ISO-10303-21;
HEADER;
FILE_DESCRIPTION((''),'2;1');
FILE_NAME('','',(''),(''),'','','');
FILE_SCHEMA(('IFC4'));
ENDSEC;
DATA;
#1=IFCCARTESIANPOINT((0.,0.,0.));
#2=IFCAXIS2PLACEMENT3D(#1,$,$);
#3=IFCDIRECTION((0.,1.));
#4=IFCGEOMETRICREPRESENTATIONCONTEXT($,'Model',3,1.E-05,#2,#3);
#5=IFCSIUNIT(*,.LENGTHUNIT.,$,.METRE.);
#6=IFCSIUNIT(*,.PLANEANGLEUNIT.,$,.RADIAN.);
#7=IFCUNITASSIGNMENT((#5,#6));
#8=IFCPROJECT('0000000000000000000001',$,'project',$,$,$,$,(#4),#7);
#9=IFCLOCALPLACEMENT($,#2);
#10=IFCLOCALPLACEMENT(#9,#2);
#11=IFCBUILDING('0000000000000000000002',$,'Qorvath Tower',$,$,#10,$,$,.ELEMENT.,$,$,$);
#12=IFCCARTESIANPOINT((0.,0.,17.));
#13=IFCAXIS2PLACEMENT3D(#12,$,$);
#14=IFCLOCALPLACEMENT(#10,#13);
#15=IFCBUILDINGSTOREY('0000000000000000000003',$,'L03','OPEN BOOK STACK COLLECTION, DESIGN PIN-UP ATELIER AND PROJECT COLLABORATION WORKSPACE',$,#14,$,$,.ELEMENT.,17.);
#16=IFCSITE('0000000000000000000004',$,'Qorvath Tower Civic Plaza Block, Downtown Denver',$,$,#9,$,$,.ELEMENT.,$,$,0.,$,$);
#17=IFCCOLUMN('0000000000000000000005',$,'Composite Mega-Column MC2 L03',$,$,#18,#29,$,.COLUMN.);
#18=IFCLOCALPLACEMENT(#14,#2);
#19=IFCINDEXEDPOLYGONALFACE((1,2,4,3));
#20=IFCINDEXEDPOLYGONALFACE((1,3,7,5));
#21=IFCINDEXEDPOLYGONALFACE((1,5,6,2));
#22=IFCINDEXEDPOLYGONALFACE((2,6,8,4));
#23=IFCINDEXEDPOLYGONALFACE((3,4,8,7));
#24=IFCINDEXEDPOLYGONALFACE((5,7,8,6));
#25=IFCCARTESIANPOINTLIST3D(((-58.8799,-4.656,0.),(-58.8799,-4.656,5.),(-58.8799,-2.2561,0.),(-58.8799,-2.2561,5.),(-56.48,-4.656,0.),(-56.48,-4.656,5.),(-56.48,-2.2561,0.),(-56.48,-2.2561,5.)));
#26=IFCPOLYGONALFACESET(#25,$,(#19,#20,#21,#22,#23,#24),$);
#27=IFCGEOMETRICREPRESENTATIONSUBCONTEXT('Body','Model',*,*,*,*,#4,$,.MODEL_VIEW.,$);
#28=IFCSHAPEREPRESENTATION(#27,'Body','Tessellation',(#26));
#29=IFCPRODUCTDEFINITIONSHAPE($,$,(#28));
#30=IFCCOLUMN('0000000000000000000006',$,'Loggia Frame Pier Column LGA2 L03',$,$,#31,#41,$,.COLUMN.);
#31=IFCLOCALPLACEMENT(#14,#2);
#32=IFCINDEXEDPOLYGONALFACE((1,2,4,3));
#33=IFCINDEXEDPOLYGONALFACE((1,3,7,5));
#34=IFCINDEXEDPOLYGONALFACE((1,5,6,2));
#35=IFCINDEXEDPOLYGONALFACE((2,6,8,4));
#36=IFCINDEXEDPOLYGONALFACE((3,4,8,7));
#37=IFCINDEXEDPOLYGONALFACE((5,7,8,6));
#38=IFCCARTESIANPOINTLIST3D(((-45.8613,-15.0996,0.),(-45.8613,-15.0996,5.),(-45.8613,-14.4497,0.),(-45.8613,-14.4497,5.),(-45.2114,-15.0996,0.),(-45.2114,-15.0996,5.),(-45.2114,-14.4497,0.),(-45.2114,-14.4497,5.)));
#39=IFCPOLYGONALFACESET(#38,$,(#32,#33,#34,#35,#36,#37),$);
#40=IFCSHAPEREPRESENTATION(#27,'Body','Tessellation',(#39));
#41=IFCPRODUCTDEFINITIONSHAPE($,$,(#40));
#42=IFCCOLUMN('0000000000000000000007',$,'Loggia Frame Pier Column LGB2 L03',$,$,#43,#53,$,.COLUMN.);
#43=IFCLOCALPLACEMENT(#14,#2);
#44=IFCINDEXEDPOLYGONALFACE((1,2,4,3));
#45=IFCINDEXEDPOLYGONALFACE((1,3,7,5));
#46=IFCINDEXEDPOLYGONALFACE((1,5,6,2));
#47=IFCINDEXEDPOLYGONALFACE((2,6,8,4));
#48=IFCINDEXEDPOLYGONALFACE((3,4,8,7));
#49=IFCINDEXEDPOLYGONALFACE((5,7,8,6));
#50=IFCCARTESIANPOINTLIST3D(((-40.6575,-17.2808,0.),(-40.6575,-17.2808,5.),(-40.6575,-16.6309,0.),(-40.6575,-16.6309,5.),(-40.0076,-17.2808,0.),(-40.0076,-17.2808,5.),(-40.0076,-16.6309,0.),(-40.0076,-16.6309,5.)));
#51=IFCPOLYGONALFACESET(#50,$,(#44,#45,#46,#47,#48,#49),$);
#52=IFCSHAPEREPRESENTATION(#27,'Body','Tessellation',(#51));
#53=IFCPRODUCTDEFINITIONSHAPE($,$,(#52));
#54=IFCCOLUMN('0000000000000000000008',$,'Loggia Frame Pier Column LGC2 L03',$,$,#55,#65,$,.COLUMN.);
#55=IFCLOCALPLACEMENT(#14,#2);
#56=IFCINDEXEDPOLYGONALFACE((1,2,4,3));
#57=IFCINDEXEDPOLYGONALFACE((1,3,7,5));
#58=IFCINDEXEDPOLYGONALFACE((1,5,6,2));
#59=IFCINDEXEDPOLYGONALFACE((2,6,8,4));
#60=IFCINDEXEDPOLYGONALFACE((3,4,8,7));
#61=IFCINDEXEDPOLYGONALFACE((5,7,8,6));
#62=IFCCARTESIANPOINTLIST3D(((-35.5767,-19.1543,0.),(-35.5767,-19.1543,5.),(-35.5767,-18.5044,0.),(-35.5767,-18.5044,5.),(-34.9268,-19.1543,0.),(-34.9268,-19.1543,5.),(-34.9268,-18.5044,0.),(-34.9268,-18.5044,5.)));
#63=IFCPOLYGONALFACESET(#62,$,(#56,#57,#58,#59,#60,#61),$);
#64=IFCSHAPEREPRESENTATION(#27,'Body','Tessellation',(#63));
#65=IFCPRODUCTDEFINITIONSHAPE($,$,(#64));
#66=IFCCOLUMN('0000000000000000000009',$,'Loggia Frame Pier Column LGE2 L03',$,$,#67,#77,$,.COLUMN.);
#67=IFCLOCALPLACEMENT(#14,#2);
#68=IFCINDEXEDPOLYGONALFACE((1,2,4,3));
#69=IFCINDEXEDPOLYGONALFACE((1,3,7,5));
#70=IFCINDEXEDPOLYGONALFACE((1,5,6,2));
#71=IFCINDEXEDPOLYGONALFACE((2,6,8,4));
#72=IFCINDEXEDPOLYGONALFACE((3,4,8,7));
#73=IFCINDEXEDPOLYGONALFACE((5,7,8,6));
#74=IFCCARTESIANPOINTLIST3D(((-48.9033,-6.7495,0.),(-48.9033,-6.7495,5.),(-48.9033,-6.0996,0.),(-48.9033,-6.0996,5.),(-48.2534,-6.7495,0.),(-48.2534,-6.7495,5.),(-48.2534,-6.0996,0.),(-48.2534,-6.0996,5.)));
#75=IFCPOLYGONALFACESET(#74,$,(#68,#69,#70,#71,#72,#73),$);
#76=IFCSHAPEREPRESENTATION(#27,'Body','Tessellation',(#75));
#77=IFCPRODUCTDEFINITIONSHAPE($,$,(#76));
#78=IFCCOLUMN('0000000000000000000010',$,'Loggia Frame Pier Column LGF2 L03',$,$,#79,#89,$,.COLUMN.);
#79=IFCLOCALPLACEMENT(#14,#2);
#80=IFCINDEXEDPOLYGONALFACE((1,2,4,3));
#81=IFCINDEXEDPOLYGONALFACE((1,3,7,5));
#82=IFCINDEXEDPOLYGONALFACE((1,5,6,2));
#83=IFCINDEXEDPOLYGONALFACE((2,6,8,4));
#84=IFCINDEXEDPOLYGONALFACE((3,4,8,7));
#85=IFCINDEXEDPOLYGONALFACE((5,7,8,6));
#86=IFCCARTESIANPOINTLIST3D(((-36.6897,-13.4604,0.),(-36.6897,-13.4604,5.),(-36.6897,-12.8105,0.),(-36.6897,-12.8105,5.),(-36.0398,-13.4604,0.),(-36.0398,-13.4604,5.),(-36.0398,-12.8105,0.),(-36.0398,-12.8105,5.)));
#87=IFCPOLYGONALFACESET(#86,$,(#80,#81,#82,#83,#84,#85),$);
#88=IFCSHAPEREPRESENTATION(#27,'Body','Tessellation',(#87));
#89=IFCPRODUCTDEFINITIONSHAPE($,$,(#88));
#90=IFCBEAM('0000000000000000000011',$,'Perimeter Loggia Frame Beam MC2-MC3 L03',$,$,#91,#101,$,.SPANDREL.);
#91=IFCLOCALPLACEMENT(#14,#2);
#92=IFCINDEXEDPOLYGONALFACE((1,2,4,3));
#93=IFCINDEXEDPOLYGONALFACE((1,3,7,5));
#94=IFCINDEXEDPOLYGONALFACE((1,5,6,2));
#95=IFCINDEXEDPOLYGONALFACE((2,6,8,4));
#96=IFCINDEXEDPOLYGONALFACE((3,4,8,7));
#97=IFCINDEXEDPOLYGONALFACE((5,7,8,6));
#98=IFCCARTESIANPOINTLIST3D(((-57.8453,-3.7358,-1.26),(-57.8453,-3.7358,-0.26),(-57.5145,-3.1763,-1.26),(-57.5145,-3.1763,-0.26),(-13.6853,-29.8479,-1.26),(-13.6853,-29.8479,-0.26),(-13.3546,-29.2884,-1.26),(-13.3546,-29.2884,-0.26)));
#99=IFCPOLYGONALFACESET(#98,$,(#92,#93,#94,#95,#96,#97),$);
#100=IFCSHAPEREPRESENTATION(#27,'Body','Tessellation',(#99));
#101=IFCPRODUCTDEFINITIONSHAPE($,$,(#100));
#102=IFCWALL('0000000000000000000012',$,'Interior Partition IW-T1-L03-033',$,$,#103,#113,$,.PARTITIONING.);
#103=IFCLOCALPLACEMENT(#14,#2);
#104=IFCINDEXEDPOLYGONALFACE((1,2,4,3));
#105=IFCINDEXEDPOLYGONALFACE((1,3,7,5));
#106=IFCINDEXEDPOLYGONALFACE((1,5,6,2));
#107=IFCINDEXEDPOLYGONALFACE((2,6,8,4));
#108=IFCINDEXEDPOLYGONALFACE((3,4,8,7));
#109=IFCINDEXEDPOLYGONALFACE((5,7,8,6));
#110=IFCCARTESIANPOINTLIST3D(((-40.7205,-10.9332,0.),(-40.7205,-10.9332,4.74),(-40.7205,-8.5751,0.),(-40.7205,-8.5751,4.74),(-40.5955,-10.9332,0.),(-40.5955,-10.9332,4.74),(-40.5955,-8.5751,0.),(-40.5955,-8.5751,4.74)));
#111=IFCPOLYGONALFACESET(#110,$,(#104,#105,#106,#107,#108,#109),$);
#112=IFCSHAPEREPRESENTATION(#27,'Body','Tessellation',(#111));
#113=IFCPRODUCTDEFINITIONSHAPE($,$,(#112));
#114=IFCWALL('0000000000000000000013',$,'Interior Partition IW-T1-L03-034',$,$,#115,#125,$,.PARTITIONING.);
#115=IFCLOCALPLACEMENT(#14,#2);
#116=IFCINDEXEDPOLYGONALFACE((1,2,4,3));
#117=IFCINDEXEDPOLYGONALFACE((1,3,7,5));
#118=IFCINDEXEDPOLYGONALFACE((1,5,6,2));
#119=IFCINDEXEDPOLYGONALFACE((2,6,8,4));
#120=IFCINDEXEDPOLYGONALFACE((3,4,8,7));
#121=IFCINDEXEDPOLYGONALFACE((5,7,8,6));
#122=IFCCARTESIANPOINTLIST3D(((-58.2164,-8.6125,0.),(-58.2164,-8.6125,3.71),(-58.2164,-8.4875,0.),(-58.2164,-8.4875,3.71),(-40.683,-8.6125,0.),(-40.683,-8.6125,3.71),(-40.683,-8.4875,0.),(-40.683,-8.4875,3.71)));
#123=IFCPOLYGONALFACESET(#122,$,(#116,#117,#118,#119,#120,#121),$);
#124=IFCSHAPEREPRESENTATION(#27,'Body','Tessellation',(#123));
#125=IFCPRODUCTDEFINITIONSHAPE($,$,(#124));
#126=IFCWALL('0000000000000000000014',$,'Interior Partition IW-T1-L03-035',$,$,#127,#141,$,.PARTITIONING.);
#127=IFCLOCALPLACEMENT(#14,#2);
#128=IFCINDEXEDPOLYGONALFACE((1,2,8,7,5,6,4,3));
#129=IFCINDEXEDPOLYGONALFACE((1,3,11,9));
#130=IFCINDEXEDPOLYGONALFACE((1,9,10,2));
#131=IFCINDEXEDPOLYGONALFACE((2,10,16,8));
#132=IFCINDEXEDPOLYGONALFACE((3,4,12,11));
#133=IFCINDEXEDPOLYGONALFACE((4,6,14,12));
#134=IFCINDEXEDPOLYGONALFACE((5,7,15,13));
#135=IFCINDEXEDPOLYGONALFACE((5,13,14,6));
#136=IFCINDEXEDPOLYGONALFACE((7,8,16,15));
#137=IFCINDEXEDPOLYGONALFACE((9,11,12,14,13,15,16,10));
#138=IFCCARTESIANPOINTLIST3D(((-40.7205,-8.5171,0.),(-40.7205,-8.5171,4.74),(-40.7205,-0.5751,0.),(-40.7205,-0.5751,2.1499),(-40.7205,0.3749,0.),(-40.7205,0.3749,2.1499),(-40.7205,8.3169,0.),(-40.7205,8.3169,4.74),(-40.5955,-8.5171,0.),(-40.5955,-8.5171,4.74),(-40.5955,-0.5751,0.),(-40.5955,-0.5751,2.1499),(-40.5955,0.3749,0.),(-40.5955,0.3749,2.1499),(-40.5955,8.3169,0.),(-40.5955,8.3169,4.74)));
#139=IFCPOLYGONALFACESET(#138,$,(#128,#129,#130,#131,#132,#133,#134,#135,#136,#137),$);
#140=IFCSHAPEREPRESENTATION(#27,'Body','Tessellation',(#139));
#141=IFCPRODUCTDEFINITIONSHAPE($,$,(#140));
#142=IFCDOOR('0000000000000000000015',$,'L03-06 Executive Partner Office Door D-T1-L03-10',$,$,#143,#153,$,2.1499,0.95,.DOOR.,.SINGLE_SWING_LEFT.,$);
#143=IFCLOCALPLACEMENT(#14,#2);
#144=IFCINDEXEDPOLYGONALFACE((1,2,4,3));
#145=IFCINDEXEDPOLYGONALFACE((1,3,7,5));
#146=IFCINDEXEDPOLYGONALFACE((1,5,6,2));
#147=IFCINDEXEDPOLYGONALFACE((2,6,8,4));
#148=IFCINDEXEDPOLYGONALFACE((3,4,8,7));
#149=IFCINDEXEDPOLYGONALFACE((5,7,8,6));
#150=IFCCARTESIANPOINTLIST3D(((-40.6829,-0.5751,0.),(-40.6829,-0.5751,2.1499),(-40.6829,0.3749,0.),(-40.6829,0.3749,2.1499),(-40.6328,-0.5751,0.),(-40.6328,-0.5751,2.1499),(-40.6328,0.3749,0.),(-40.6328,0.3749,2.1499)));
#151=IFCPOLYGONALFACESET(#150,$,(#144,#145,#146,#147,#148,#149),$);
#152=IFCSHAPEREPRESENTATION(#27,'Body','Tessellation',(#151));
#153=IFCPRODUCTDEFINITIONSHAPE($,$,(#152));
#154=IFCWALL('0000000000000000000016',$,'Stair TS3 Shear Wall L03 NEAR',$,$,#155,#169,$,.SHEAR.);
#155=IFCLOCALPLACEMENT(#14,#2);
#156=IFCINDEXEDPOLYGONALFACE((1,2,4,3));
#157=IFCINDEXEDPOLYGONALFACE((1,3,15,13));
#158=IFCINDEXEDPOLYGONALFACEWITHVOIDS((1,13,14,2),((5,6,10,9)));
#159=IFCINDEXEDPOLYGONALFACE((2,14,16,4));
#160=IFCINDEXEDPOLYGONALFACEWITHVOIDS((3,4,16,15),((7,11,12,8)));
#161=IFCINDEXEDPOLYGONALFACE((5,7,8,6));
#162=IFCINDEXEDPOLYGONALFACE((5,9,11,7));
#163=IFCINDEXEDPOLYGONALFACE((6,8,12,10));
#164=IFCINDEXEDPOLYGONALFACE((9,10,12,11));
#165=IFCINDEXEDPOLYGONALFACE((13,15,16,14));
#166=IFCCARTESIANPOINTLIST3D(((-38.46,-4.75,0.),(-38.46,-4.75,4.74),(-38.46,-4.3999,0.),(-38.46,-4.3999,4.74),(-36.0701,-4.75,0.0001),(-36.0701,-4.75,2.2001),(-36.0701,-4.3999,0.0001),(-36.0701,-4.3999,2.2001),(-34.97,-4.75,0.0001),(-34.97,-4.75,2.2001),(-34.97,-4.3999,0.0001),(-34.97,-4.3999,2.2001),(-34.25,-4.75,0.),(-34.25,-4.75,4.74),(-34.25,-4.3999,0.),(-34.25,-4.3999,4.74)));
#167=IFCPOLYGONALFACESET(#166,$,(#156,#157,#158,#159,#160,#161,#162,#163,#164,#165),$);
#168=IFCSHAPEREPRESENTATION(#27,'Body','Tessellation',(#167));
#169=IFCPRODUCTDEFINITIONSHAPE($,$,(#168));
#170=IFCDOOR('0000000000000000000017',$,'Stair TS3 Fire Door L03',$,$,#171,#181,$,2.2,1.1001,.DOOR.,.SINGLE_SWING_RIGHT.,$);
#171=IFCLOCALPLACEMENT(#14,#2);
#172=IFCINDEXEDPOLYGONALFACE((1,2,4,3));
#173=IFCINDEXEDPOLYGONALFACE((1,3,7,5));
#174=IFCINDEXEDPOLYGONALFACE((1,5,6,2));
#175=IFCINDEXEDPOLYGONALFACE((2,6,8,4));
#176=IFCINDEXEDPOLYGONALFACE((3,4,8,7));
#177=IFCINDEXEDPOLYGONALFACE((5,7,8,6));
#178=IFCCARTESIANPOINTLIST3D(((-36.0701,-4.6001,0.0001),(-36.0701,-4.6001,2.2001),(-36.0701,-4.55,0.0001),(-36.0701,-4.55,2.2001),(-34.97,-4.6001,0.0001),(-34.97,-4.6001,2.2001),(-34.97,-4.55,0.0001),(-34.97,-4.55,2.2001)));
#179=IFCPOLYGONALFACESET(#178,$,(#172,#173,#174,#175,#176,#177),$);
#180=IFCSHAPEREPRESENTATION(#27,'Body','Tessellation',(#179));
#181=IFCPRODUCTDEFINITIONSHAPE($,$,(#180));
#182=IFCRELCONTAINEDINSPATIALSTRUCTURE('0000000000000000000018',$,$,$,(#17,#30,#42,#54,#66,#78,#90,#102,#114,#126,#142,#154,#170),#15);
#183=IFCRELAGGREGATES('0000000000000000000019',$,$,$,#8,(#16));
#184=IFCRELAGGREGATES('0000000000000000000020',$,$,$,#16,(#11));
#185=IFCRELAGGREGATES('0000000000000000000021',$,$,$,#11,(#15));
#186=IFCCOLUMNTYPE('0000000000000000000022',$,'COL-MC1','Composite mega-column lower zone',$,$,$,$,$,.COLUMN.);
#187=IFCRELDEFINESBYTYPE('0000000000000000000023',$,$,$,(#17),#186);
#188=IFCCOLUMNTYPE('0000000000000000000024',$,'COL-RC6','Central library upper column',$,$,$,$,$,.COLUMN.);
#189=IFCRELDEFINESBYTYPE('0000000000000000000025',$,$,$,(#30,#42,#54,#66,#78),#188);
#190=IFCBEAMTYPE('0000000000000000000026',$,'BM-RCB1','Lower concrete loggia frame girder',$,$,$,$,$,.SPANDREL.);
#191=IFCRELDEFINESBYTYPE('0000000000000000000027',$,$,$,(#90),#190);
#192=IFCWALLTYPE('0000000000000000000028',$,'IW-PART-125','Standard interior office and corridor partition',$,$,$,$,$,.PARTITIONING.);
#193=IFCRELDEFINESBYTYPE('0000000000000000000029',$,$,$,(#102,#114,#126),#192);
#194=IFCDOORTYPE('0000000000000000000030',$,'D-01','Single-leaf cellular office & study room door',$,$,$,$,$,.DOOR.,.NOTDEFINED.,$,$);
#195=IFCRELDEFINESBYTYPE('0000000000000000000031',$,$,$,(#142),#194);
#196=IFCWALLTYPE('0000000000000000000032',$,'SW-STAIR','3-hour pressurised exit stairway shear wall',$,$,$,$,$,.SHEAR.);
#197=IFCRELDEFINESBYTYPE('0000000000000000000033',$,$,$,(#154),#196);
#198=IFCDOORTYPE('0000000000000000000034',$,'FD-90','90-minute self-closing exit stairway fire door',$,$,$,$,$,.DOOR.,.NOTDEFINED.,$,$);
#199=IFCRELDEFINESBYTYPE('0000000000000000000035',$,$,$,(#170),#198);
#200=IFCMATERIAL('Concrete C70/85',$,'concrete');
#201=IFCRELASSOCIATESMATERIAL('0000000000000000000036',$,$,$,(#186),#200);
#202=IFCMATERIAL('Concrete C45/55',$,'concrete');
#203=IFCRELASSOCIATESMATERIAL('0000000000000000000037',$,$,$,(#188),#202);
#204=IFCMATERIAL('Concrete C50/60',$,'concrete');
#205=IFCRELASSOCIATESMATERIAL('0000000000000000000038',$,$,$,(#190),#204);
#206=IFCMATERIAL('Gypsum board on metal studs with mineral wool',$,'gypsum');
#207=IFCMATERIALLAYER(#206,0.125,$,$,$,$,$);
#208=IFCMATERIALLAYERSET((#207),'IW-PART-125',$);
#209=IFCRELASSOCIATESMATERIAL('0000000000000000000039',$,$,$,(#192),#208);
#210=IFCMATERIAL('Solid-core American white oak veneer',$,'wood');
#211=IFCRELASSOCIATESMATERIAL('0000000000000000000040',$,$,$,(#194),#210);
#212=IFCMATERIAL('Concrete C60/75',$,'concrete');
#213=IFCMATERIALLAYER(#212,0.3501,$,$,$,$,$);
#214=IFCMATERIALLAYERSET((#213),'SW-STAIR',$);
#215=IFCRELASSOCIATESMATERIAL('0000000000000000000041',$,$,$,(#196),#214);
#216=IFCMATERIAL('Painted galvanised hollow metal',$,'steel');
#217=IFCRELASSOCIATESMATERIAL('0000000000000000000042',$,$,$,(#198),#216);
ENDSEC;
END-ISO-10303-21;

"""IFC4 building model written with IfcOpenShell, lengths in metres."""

from ifc_helpers import new_model, si_unit, direction, frame, frame_2d, origin, origin_2d, place, context, subcontext, project, spatial, rectangle, extrude, material, layer, layer_set, material_profile, profile_set, type_object, element, fill, save


model = new_model("IFC4")

# Units and contexts
model_context = context("Model", 3, precision=1e-05, world=origin(), true_north=direction((0.0, 1.0)))
body_context = subcontext(model_context, "Body", "Model", "MODEL_VIEW")
ifc_project = project(units=[si_unit("LENGTHUNIT", "METRE"), si_unit("PLANEANGLEUNIT", "RADIAN")], contexts=[model_context])

# Site, building, storey
site_placement = place(None, origin())
site = spatial("IfcSite", under=ifc_project, at=site_placement, Name="Qorvath Tower Civic Plaza Block, Downtown Denver", CompositionType="ELEMENT", RefElevation=0.0)
building_placement = place(site_placement, origin())
building = spatial("IfcBuilding", under=site, at=building_placement, Name="Qorvath Tower", CompositionType="ELEMENT")
storey_placement = place(building_placement, frame((0.0, 0.0, 17.0)))
storey = spatial("IfcBuildingStorey", under=building, at=storey_placement, Name="L03", Description="OPEN BOOK STACK COLLECTION, DESIGN PIN-UP ATELIER AND PROJECT COLLABORATION WORKSPACE", CompositionType="ELEMENT", Elevation=17.0)

# Columns
ifc_material_1 = material(Name="Concrete C70/85", Category="concrete")
ifc_material_profile_1 = material_profile(ifc_material_1, rectangle(XDim=2.3999, YDim=2.3999, at=origin_2d()), Name="MC 2400x2400")
ifc_profile_set_1 = profile_set([ifc_material_profile_1], Name="Concrete C70/85")
column_type_1 = type_object("IfcColumnType", Name="COL-MC1", Description="Composite mega-column lower zone", PredefinedType="COLUMN", material=ifc_profile_set_1)
column_placement = place(storey_placement, frame((-57.6799, -3.4561, 0.0), z_axis=(0.0, 0.0, 1.0), x_axis=(1.0, 0.0, 0.0)))
element("IfcColumn", 1, at=column_placement, inside=storey, type_object=column_type_1, Name="Composite Mega-Column MC2 L03", PredefinedType="COLUMN", context=body_context, shape_type="SweptSolid", body=[
    extrude(rectangle(XDim=2.3999, YDim=2.3999, at=origin_2d()), origin(), (0.0, 0.0, 1.0), 5.0),
])
ifc_material_2 = material(Name="Concrete C45/55", Category="concrete")
ifc_material_profile_2 = material_profile(ifc_material_2, rectangle(XDim=0.6499, YDim=0.6499, at=origin_2d()), Name="RC 650x650")
ifc_profile_set_2 = profile_set([ifc_material_profile_2], Name="Concrete C45/55")
column_type_2 = type_object("IfcColumnType", Name="COL-RC6", Description="Central library upper column", PredefinedType="COLUMN", material=ifc_profile_set_2)
for number, where, z_axis, x_axis, name in (
    (2, (-45.5364, -14.7747, 0.0), (0.0, 0.0, 1.0), (1.0, 0.0, 0.0), "Loggia Frame Pier Column LGA2 L03"),
    (3, (-40.3325, -16.9558, 0.0), (0.0, 0.0, 1.0), (1.0, 0.0, 0.0), "Loggia Frame Pier Column LGB2 L03"),
    (4, (-35.2517, -18.8293, 0.0), (0.0, 0.0, 1.0), (1.0, 0.0, 0.0), "Loggia Frame Pier Column LGC2 L03"),
    (5, (-48.5784, -6.4246, 0.0), (0.0, 0.0, 1.0), (1.0, 0.0, 0.0), "Loggia Frame Pier Column LGE2 L03"),
    (6, (-36.3647, -13.1355, 0.0), (0.0, 0.0, 1.0), (1.0, 0.0, 0.0), "Loggia Frame Pier Column LGF2 L03"),
):
    element("IfcColumn", number, at=place(storey_placement, frame(where, z_axis=z_axis, x_axis=x_axis)), inside=storey, type_object=column_type_2, Name=name, PredefinedType="COLUMN", context=body_context, shape_type="SweptSolid", body=[
        extrude(rectangle(XDim=0.6499, YDim=0.6499, at=origin_2d()), origin(), (0.0, 0.0, 1.0), 5.0),
    ])

# Beam
ifc_material_3 = material(Name="Concrete C50/60", Category="concrete")
ifc_material_profile_3 = material_profile(ifc_material_3, rectangle(XDim=0.6499, YDim=1.0, at=origin_2d()), Name="RCB 1000x650")
ifc_profile_set_3 = profile_set([ifc_material_profile_3], Name="Concrete C50/60")
beam_type = type_object("IfcBeamType", Name="BM-RCB1", Description="Lower concrete loggia frame girder", PredefinedType="SPANDREL", material=ifc_profile_set_3)
beam_placement = place(storey_placement, frame((-57.6799, -3.4561, -0.76), z_axis=(0.860777, -0.508983, 0.0), x_axis=(0.508983, 0.860777, 0.0)))
element("IfcBeam", 7, at=beam_placement, inside=storey, type_object=beam_type, Name="Perimeter Loggia Frame Beam MC2-MC3 L03", PredefinedType="SPANDREL", context=body_context, shape_type="SweptSolid", body=[
    extrude(rectangle(XDim=0.6499, YDim=1.0, at=origin_2d()), origin(), (0.0, 0.0, 1.0), 51.3025),
])

# Walls
ifc_material_4 = material(Name="Gypsum board on metal studs with mineral wool", Category="gypsum")
ifc_layer_1 = layer(ifc_material_4, 0.125)
ifc_layer_set_1 = layer_set([ifc_layer_1], Name="IW-PART-125")
wall_type_1 = type_object("IfcWallType", Name="IW-PART-125", Description="Standard interior office and corridor partition", PredefinedType="PARTITIONING", material=ifc_layer_set_1)
wall_1_placement = place(storey_placement, frame((-40.658, -8.575, 0.0), z_axis=(0.0, 0.0, 1.0), x_axis=(0.0, -1.0, 0.0)))
element("IfcWall", 8, at=wall_1_placement, inside=storey, type_object=wall_type_1, Name="Interior Partition IW-T1-L03-033", PredefinedType="PARTITIONING", context=body_context, shape_type="SweptSolid", body=[
    extrude(rectangle(XDim=2.3582, YDim=0.125, at=frame_2d((1.1792, 0.0))), origin(), (0.0, 0.0, 1.0), 4.74),
])
wall_2_placement = place(storey_placement, frame((-40.6831, -8.55, 0.0), z_axis=(0.0, 0.0, 1.0), x_axis=(-1.0, 0.0, 0.0)))
element("IfcWall", 9, at=wall_2_placement, inside=storey, type_object=wall_type_1, Name="Interior Partition IW-T1-L03-034", PredefinedType="PARTITIONING", context=body_context, shape_type="SweptSolid", body=[
    extrude(rectangle(XDim=17.5334, YDim=0.125, at=frame_2d((8.7666, 0.0))), origin(), (0.0, 0.0, 1.0), 3.71),
])

# Walls, openings, doors
wall_3_placement = place(storey_placement, frame((-40.658, -8.5171, 0.0), z_axis=(0.0, 0.0, 1.0), x_axis=(0.0, 1.0, 0.0)))
wall_3 = element("IfcWall", 10, at=wall_3_placement, inside=storey, type_object=wall_type_1, Name="Interior Partition IW-T1-L03-035", PredefinedType="PARTITIONING", context=body_context, shape_type="SweptSolid", body=[
    extrude(rectangle(XDim=16.834, YDim=0.125, at=frame_2d((8.417, 0.0))), origin(), (0.0, 0.0, 1.0), 4.74),
])
opening_1_placement = place(wall_3_placement, frame((7.9419, 0.0, 0.0)))
opening_1 = element("IfcOpeningElement", 11, at=opening_1_placement, cuts=wall_3, PredefinedType="OPENING", context=body_context, shape_type="SweptSolid", body=[
    extrude(rectangle(XDim=0.95, YDim=2.1499, at=frame_2d((0.4751, 1.075))), frame((0.0, 0.0725, 0.0), z_axis=(0.0, -1.0, 0.0), x_axis=(1.0, 0.0, 0.0)), (0.0, 0.0, 1.0), 0.145),
])
ifc_material_5 = material(Name="Solid-core American white oak veneer", Category="wood")
door_type_1 = type_object("IfcDoorType", Name="D-01", Description="Single-leaf cellular office & study room door", OperationType="NOTDEFINED", PredefinedType="DOOR", material=ifc_material_5)
door_1_placement = place(opening_1_placement, origin())
door_1 = element("IfcDoor", 12, at=door_1_placement, inside=storey, type_object=door_type_1, Name="L03-06 Executive Partner Office Door D-T1-L03-10", OperationType="SINGLE_SWING_LEFT", OverallHeight=2.1499, OverallWidth=0.95, PredefinedType="DOOR", context=body_context, shape_type="SweptSolid", body=[
    extrude(rectangle(XDim=0.95, YDim=2.1499, at=frame_2d((0.4751, 1.075))), frame((0.0, 0.0249, 0.0), z_axis=(0.0, -1.0, 0.0), x_axis=(1.0, 0.0, 0.0)), (0.0, 0.0, 1.0), 0.05),
])
fill(opening_1, door_1)
ifc_material_6 = material(Name="Concrete C60/75", Category="concrete")
ifc_layer_2 = layer(ifc_material_6, 0.3501)
ifc_layer_set_2 = layer_set([ifc_layer_2], Name="SW-STAIR")
wall_type_2 = type_object("IfcWallType", Name="SW-STAIR", Description="3-hour pressurised exit stairway shear wall", PredefinedType="SHEAR", material=ifc_layer_set_2)
wall_4_placement = place(storey_placement, frame((-38.46, -4.575, 0.0), z_axis=(0.0, 0.0, 1.0), x_axis=(1.0, 0.0, 0.0)))
wall_4 = element("IfcWall", 13, at=wall_4_placement, inside=storey, type_object=wall_type_2, Name="Stair TS3 Shear Wall L03 NEAR", PredefinedType="SHEAR", context=body_context, shape_type="SweptSolid", body=[
    extrude(rectangle(XDim=4.21, YDim=0.3501, at=frame_2d((2.105, 0.0))), origin(), (0.0, 0.0, 1.0), 4.74),
])
opening_2_placement = place(wall_4_placement, frame((2.3899, 0.0, 0.0)))
opening_2 = element("IfcOpeningElement", 14, at=opening_2_placement, cuts=wall_4, PredefinedType="OPENING", context=body_context, shape_type="SweptSolid", body=[
    extrude(rectangle(XDim=1.1001, YDim=2.2, at=frame_2d((0.55, 1.1001))), frame((0.0, 0.1851, 0.0), z_axis=(0.0, -1.0, 0.0), x_axis=(1.0, 0.0, 0.0)), (0.0, 0.0, 1.0), 0.3701),
])
ifc_material_7 = material(Name="Painted galvanised hollow metal", Category="steel")
door_type_2 = type_object("IfcDoorType", Name="FD-90", Description="90-minute self-closing exit stairway fire door", OperationType="NOTDEFINED", PredefinedType="DOOR", material=ifc_material_7)
door_2_placement = place(opening_2_placement, origin())
door_2 = element("IfcDoor", 15, at=door_2_placement, inside=storey, type_object=door_type_2, Name="Stair TS3 Fire Door L03", OperationType="SINGLE_SWING_RIGHT", OverallHeight=2.2, OverallWidth=1.1001, PredefinedType="DOOR", context=body_context, shape_type="SweptSolid", body=[
    extrude(rectangle(XDim=1.1001, YDim=2.2, at=frame_2d((0.55, 1.1001))), frame((0.0, 0.0249, 0.0), z_axis=(0.0, -1.0, 0.0), x_axis=(1.0, 0.0, 0.0)), (0.0, 0.0, 1.0), 0.05),
])
fill(opening_2, door_2)

save(model, "model.ifc")
